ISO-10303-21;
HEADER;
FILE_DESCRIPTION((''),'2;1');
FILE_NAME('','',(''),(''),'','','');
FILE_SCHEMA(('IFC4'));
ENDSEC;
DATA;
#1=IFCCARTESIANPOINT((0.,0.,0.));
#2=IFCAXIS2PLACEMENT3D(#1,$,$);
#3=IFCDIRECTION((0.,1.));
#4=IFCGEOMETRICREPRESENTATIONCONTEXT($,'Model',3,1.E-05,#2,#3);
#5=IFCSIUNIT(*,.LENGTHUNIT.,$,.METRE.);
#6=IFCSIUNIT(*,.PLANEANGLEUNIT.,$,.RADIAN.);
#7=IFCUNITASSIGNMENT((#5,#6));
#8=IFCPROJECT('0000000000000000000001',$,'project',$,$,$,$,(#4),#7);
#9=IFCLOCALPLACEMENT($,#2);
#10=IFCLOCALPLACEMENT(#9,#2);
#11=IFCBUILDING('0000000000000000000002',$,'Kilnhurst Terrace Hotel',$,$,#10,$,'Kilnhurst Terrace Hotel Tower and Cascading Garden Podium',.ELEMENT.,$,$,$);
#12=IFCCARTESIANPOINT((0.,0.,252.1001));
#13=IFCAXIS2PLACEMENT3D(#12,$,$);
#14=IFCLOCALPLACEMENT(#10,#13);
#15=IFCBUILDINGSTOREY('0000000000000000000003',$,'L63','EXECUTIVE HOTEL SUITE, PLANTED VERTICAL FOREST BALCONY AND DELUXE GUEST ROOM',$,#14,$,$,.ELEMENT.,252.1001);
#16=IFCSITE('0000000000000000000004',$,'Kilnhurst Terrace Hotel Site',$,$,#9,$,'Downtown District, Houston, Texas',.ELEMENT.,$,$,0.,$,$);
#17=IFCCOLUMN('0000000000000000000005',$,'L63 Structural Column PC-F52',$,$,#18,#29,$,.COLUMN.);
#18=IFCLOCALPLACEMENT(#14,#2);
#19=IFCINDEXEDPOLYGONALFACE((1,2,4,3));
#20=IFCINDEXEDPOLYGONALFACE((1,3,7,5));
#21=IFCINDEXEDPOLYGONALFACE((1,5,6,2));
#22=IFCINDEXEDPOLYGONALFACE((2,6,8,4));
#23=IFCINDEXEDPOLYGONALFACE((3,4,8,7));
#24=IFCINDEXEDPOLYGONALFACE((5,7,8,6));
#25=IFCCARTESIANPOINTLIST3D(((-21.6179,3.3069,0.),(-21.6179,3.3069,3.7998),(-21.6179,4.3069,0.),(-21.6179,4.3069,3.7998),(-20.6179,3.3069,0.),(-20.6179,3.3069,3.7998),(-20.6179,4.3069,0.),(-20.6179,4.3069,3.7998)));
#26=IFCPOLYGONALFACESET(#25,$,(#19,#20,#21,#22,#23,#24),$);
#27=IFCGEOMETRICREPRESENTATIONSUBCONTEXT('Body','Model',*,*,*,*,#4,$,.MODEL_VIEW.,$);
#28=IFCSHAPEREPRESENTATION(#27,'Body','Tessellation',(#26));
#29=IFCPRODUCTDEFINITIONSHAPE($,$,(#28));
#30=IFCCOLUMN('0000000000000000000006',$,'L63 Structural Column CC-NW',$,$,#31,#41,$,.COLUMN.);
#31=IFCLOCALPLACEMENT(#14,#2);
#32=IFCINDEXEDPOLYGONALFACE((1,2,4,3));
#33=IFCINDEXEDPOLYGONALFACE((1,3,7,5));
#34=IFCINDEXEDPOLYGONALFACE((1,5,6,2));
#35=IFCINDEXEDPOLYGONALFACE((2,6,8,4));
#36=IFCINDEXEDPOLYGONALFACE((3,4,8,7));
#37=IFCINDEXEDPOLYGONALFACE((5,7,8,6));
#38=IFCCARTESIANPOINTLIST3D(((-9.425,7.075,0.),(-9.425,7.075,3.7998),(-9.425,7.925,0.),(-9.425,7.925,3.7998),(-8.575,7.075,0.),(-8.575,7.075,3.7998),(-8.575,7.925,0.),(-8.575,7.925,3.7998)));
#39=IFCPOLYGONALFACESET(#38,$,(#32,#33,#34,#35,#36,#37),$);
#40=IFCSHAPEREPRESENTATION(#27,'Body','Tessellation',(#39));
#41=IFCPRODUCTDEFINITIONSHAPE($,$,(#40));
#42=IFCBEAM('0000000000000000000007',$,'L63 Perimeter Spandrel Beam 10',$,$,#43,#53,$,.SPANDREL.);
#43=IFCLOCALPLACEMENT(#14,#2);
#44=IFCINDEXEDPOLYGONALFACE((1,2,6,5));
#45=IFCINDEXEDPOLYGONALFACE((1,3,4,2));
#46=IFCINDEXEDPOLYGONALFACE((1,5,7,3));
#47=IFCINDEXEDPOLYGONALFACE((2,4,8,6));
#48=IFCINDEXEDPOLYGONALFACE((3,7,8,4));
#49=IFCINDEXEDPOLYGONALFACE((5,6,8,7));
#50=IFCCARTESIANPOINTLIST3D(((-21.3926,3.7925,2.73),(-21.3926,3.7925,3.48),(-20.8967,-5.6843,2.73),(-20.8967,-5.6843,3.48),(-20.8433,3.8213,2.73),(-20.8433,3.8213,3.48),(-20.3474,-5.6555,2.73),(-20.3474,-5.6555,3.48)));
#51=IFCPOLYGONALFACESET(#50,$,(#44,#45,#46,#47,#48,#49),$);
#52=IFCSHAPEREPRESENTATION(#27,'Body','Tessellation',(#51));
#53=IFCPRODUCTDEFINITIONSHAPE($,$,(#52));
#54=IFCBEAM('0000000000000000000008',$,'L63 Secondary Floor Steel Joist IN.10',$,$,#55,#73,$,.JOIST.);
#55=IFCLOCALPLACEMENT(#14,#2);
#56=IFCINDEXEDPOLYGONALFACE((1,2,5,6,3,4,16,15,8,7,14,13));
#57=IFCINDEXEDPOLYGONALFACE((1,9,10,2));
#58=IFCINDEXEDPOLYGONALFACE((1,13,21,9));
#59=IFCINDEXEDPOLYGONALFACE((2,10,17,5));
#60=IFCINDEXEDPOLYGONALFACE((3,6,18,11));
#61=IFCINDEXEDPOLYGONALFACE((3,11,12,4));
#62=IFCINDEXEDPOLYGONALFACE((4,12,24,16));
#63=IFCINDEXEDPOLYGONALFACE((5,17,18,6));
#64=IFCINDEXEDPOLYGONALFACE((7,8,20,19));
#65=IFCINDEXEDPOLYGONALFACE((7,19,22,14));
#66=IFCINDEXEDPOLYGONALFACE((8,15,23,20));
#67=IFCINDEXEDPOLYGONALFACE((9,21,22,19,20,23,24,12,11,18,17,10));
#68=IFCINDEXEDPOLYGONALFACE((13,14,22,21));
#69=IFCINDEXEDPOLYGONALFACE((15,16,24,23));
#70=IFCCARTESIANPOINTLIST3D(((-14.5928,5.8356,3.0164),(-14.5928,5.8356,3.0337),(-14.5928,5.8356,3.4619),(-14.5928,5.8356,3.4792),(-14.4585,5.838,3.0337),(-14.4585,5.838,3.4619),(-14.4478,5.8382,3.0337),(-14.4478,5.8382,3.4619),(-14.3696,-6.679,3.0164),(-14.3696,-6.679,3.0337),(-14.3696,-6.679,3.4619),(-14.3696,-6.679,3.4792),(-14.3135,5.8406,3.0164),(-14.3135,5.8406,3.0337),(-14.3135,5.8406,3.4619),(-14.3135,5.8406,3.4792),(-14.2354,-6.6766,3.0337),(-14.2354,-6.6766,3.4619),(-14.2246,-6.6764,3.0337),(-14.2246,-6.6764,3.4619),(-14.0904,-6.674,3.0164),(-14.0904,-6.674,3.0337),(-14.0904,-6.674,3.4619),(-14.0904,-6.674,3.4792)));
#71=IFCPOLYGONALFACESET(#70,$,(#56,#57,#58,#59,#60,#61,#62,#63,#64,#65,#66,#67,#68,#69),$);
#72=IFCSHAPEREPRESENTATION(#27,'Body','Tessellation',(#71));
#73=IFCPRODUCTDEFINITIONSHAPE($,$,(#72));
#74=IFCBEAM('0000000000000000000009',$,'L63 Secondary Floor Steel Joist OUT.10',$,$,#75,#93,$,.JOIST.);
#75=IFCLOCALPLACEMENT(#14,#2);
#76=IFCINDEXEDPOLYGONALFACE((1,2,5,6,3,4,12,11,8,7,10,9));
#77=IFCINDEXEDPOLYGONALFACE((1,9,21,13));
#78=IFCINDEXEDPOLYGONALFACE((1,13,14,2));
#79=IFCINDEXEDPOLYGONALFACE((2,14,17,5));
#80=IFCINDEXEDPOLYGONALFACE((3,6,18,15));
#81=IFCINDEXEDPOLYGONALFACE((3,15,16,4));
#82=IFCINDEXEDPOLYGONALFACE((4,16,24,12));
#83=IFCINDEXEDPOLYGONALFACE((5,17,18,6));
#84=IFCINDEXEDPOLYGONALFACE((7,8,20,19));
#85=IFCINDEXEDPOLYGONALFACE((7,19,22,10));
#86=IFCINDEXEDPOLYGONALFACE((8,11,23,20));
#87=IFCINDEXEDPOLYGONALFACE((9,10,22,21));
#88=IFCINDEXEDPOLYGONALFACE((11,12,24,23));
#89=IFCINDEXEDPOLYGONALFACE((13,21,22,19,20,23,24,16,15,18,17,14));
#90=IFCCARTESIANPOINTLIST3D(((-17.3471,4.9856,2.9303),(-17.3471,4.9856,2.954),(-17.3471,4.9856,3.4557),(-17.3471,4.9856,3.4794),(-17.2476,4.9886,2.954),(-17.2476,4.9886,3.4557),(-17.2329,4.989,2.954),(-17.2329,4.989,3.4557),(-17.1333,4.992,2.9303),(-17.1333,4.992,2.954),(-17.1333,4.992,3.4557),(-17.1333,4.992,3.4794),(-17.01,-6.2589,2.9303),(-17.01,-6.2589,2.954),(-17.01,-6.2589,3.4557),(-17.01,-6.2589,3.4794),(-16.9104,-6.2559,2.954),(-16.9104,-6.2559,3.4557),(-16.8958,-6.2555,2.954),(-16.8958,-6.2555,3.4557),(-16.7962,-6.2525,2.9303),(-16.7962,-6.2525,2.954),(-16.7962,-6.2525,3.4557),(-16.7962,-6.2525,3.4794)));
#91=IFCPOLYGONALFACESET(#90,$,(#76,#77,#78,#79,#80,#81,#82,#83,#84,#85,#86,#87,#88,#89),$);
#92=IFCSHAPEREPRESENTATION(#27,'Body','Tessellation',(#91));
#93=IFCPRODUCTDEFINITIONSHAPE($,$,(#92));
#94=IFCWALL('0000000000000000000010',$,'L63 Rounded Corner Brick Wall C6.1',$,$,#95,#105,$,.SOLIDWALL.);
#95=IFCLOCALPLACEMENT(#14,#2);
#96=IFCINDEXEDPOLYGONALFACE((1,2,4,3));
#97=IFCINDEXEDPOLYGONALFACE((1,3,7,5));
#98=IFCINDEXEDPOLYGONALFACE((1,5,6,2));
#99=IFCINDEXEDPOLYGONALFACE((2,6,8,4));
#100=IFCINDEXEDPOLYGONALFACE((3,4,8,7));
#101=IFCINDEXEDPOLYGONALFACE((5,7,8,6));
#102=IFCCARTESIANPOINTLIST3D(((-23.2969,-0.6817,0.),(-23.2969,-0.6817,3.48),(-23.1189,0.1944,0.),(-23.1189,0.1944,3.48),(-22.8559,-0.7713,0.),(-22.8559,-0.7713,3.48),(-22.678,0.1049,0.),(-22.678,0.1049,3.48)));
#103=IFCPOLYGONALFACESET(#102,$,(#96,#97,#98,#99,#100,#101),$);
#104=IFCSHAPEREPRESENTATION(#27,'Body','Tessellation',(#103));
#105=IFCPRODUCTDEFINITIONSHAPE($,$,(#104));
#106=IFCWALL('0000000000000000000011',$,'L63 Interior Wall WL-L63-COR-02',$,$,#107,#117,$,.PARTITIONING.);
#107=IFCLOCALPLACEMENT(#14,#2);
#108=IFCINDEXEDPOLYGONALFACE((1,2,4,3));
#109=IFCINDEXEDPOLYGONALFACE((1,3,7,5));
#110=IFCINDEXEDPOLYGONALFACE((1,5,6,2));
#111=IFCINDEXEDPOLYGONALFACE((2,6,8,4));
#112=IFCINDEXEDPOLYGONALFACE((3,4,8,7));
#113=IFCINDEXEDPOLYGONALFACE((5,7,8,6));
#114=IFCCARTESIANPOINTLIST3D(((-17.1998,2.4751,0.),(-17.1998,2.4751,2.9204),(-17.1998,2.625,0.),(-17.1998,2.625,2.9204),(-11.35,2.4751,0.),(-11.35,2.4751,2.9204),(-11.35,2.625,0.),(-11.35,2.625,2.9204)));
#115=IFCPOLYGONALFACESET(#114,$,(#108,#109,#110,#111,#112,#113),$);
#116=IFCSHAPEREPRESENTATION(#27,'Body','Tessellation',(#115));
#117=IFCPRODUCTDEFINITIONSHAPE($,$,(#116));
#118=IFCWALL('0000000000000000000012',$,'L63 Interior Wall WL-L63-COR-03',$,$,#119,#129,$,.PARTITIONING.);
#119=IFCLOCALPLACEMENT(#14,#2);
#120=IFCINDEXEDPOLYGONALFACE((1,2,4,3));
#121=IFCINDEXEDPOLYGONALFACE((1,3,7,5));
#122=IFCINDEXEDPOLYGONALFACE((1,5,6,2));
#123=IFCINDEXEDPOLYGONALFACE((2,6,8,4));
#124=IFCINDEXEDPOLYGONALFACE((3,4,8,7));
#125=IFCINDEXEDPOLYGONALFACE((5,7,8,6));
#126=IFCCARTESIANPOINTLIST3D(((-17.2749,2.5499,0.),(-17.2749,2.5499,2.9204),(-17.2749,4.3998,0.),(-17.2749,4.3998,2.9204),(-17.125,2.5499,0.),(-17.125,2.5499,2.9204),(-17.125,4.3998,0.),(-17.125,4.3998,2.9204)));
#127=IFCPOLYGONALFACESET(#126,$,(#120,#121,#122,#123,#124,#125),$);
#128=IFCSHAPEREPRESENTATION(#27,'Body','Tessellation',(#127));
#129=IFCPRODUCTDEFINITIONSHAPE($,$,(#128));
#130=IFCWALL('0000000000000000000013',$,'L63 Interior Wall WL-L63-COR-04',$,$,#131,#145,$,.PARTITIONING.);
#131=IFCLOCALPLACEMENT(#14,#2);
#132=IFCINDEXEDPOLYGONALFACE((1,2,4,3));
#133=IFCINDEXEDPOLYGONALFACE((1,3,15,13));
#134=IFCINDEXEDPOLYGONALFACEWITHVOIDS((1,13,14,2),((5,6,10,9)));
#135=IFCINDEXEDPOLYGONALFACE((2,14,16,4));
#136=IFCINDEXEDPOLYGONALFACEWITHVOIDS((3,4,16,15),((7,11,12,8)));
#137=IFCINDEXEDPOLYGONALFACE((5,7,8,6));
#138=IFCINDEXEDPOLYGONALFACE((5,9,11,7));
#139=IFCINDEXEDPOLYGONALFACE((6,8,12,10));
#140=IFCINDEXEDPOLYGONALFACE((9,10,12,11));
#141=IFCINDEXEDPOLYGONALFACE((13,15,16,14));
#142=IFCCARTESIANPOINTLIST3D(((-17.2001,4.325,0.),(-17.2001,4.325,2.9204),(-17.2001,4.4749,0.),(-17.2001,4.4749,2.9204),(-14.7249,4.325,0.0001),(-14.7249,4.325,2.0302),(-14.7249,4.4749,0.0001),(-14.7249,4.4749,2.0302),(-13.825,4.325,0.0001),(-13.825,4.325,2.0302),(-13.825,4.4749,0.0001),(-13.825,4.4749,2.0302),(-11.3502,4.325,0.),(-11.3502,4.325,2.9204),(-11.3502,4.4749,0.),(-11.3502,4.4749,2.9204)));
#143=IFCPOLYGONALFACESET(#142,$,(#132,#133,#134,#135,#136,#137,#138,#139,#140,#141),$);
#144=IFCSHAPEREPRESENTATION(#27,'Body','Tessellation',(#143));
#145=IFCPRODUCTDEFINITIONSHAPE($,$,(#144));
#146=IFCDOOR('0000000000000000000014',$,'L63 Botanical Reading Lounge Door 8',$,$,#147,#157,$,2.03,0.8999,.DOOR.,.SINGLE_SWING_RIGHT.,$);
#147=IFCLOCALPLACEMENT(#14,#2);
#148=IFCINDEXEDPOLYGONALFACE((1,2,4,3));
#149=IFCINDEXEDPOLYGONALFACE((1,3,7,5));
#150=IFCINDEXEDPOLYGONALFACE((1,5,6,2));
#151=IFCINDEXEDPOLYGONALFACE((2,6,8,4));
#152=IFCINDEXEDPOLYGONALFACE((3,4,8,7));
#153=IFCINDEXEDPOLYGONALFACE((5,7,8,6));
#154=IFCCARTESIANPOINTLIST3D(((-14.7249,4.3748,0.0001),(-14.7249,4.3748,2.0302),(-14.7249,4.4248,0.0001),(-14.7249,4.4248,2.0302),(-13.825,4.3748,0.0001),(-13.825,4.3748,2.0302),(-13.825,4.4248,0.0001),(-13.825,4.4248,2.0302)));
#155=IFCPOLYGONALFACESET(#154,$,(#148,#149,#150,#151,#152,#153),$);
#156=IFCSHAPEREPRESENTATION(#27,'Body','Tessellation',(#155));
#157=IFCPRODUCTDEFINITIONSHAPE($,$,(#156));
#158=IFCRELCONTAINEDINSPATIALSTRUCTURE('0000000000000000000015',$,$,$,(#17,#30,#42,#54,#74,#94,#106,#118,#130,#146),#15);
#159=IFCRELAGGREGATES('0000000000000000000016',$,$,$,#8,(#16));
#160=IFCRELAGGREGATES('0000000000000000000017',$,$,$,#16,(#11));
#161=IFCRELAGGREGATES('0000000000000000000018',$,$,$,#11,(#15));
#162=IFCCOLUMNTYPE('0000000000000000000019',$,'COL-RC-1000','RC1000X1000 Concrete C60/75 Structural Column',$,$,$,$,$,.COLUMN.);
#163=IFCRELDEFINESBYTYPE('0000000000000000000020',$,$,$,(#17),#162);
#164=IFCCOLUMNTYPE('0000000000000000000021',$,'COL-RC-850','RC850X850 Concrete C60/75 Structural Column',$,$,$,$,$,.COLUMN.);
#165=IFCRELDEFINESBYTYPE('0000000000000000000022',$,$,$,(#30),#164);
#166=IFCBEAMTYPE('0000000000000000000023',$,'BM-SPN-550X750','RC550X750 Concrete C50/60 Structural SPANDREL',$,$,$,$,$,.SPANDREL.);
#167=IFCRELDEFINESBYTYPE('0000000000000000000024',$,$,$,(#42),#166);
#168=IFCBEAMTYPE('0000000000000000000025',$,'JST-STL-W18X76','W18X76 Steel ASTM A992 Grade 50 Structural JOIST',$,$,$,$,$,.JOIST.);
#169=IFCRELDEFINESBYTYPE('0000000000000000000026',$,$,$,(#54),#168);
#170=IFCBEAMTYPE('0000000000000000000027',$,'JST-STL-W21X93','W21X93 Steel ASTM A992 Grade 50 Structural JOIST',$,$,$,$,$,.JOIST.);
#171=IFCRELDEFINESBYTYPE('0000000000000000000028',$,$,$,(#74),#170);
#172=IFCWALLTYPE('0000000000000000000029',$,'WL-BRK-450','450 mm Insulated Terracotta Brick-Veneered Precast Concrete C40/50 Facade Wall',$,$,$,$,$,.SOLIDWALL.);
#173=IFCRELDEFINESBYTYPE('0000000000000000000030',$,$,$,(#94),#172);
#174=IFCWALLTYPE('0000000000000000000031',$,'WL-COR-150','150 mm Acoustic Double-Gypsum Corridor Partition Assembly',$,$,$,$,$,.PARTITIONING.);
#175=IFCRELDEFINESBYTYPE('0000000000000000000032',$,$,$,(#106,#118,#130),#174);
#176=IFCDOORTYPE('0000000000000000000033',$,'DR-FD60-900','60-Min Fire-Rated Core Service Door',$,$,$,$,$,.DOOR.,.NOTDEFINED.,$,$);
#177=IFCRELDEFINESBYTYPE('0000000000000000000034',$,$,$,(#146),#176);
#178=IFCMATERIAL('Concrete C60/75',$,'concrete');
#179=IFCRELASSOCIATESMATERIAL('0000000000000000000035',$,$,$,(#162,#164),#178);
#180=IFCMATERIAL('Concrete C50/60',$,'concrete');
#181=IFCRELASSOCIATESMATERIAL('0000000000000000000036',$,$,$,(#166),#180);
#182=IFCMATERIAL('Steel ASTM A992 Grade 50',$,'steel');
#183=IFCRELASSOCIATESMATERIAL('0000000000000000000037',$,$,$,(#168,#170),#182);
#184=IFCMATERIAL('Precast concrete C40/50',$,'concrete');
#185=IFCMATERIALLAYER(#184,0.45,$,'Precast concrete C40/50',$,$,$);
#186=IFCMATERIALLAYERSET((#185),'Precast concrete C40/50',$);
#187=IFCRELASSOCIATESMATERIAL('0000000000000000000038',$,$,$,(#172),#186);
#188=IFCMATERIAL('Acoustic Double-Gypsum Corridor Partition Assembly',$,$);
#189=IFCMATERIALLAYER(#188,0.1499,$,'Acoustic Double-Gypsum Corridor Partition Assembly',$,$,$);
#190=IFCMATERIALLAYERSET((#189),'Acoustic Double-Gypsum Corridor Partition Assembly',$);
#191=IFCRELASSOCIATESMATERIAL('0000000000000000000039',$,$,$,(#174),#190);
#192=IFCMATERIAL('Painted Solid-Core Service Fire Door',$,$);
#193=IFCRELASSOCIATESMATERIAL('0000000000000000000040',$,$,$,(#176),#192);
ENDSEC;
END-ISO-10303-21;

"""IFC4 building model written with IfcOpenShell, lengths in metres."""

from ifc_helpers import new_model, si_unit, direction, frame, frame_2d, origin, origin_2d, place, context, subcontext, project, spatial, rectangle, i_section, extrude, material, layer, layer_set, material_profile, profile_set, type_object, element, fill, save


model = new_model("IFC4")

# Units and contexts
model_context = context("Model", 3, precision=1e-05, world=origin(), true_north=direction((0.0, 1.0)))
body_context = subcontext(model_context, "Body", "Model", "MODEL_VIEW")
ifc_project = project(units=[si_unit("LENGTHUNIT", "METRE"), si_unit("PLANEANGLEUNIT", "RADIAN")], contexts=[model_context])

# Site, building, storey
site_placement = place(None, origin())
site = spatial("IfcSite", under=ifc_project, at=site_placement, Name="Kilnhurst Terrace Hotel Site", LongName="Downtown District, Houston, Texas", CompositionType="ELEMENT", RefElevation=0.0)
building_placement = place(site_placement, origin())
building = spatial("IfcBuilding", under=site, at=building_placement, Name="Kilnhurst Terrace Hotel", LongName="Kilnhurst Terrace Hotel Tower and Cascading Garden Podium", CompositionType="ELEMENT")
storey_placement = place(building_placement, frame((0.0, 0.0, 252.1001)))
storey = spatial("IfcBuildingStorey", under=building, at=storey_placement, Name="L63", Description="EXECUTIVE HOTEL SUITE, PLANTED VERTICAL FOREST BALCONY AND DELUXE GUEST ROOM", CompositionType="ELEMENT", Elevation=252.1001)

# Columns
ifc_material_1 = material(Name="Concrete C60/75", Category="concrete")
ifc_material_profile_1 = material_profile(ifc_material_1, rectangle(XDim=1.0, YDim=1.0, at=origin_2d()), Name="RC1000X1000")
ifc_profile_set_1 = profile_set([ifc_material_profile_1], Name="Concrete C60/75")
column_type_1 = type_object("IfcColumnType", Name="COL-RC-1000", Description="RC1000X1000 Concrete C60/75 Structural Column", PredefinedType="COLUMN", material=ifc_profile_set_1)
column_1_placement = place(storey_placement, frame((-21.1179, 3.8069, 0.0), z_axis=(0.0, 0.0, 1.0), x_axis=(1.0, 0.0, 0.0)))
element("IfcColumn", 1, at=column_1_placement, inside=storey, type_object=column_type_1, Name="L63 Structural Column PC-F52", PredefinedType="COLUMN", context=body_context, shape_type="SweptSolid", body=[
    extrude(rectangle(XDim=1.0, YDim=1.0, at=origin_2d()), origin(), (0.0, 0.0, 1.0), 3.7998),
])
ifc_material_profile_2 = material_profile(ifc_material_1, rectangle(XDim=0.8501, YDim=0.8501, at=origin_2d()), Name="RC850X850")
ifc_profile_set_2 = profile_set([ifc_material_profile_2], Name="Concrete C60/75")
column_type_2 = type_object("IfcColumnType", Name="COL-RC-850", Description="RC850X850 Concrete C60/75 Structural Column", PredefinedType="COLUMN", material=ifc_profile_set_2)
column_2_placement = place(storey_placement, frame((-9.0, 7.5, 0.0), z_axis=(0.0, 0.0, 1.0), x_axis=(1.0, 0.0, 0.0)))
element("IfcColumn", 2, at=column_2_placement, inside=storey, type_object=column_type_2, Name="L63 Structural Column CC-NW", PredefinedType="COLUMN", context=body_context, shape_type="SweptSolid", body=[
    extrude(rectangle(XDim=0.8501, YDim=0.8501, at=origin_2d()), origin(), (0.0, 0.0, 1.0), 3.7998),
])

# Beams
ifc_material_2 = material(Name="Concrete C50/60", Category="concrete")
ifc_material_profile_3 = material_profile(ifc_material_2, rectangle(XDim=0.55, YDim=0.75, at=origin_2d()), Name="RC550X750")
ifc_profile_set_3 = profile_set([ifc_material_profile_3], Name="Concrete C50/60")
beam_type_1 = type_object("IfcBeamType", Name="BM-SPN-550X750", Description="RC550X750 Concrete C50/60 Structural SPANDREL", PredefinedType="SPANDREL", material=ifc_profile_set_3)
beam_1_placement = place(storey_placement, frame((-21.1179, 3.8069, 3.105), z_axis=(0.052251, -0.998634, 0.0), x_axis=(0.998634, 0.052251, 0.0)))
element("IfcBeam", 3, at=beam_1_placement, inside=storey, type_object=beam_type_1, Name="L63 Perimeter Spandrel Beam 10", PredefinedType="SPANDREL", context=body_context, shape_type="SweptSolid", body=[
    extrude(rectangle(XDim=0.55, YDim=0.75, at=origin_2d()), origin(), (0.0, 0.0, 1.0), 9.4897),
])
ifc_material_3 = material(Name="Steel ASTM A992 Grade 50", Category="steel")
ifc_material_profile_4 = material_profile(ifc_material_3, i_section(OverallWidth=0.2793, OverallDepth=0.4629, WebThickness=0.0107, FlangeThickness=0.0173, at=origin_2d()), Name="W18X76")
ifc_profile_set_4 = profile_set([ifc_material_profile_4], Name="Steel ASTM A992 Grade 50")
beam_type_2 = type_object("IfcBeamType", Name="JST-STL-W18X76", Description="W18X76 Steel ASTM A992 Grade 50 Structural JOIST", PredefinedType="JOIST", material=ifc_profile_set_4)
beam_2_placement = place(storey_placement, frame((-14.4531, 5.8381, 3.2478), z_axis=(0.017828, -0.999841, 0.0), x_axis=(0.999841, 0.017828, 0.0)))
element("IfcBeam", 4, at=beam_2_placement, inside=storey, type_object=beam_type_2, Name="L63 Secondary Floor Steel Joist IN.10", PredefinedType="JOIST", context=body_context, shape_type="SweptSolid", body=[
    extrude(i_section(OverallWidth=0.2793, OverallDepth=0.4629, WebThickness=0.0107, FlangeThickness=0.0173, at=origin_2d()), origin(), (0.0, 0.0, 1.0), 12.5166),
])
ifc_material_profile_5 = material_profile(ifc_material_3, i_section(OverallWidth=0.2139, OverallDepth=0.5491, WebThickness=0.0146, FlangeThickness=0.0237, at=origin_2d()), Name="W21X93")
ifc_profile_set_5 = profile_set([ifc_material_profile_5], Name="Steel ASTM A992 Grade 50")
beam_type_3 = type_object("IfcBeamType", Name="JST-STL-W21X93", Description="W21X93 Steel ASTM A992 Grade 50 Structural JOIST", PredefinedType="JOIST", material=ifc_profile_set_5)
beam_3_placement = place(storey_placement, frame((-17.2402, 4.9888, 3.2048), z_axis=(0.029971, -0.999551, 0.0), x_axis=(0.999551, 0.029971, 0.0)))
element("IfcBeam", 5, at=beam_3_placement, inside=storey, type_object=beam_type_3, Name="L63 Secondary Floor Steel Joist OUT.10", PredefinedType="JOIST", context=body_context, shape_type="SweptSolid", body=[
    extrude(i_section(OverallWidth=0.2139, OverallDepth=0.5491, WebThickness=0.0146, FlangeThickness=0.0237, at=origin_2d()), origin(), (0.0, 0.0, 1.0), 11.2495),
])

# Walls
ifc_material_4 = material(Name="Precast concrete C40/50", Category="concrete")
ifc_layer_1 = layer(ifc_material_4, 0.45, Name="Precast concrete C40/50")
ifc_layer_set_1 = layer_set([ifc_layer_1], Name="Precast concrete C40/50")
wall_type_1 = type_object("IfcWallType", Name="WL-BRK-450", Description="450 mm Insulated Terracotta Brick-Veneered Precast Concrete C40/50 Facade Wall", PredefinedType="SOLIDWALL", material=ifc_layer_set_1)
wall_1_placement = place(storey_placement, frame((-22.8984, 0.1497, 0.0), z_axis=(0.0, 0.0, 1.0), x_axis=(-0.199056, -0.979988, 0.0)))
element("IfcWall", 6, at=wall_1_placement, inside=storey, type_object=wall_type_1, Name="L63 Rounded Corner Brick Wall C6.1", PredefinedType="SOLIDWALL", context=body_context, shape_type="SweptSolid", body=[
    extrude(rectangle(XDim=0.894, YDim=0.45, at=frame_2d((0.447, 0.0))), origin(), (0.0, 0.0, 1.0), 3.48),
])
ifc_material_5 = material(Name="Acoustic Double-Gypsum Corridor Partition Assembly")
ifc_layer_2 = layer(ifc_material_5, 0.1499, Name="Acoustic Double-Gypsum Corridor Partition Assembly")
ifc_layer_set_2 = layer_set([ifc_layer_2], Name="Acoustic Double-Gypsum Corridor Partition Assembly")
wall_type_2 = type_object("IfcWallType", Name="WL-COR-150", Description="150 mm Acoustic Double-Gypsum Corridor Partition Assembly", PredefinedType="PARTITIONING", material=ifc_layer_set_2)
wall_2_placement = place(storey_placement, frame((-11.3501, 2.55, 0.0), z_axis=(0.0, 0.0, 1.0), x_axis=(-1.0, 0.0, 0.0)))
element("IfcWall", 7, at=wall_2_placement, inside=storey, type_object=wall_type_2, Name="L63 Interior Wall WL-L63-COR-02", PredefinedType="PARTITIONING", context=body_context, shape_type="SweptSolid", body=[
    extrude(rectangle(XDim=5.8499, YDim=0.1499, at=frame_2d((2.9248, 0.0))), origin(), (0.0, 0.0, 1.0), 2.9204),
])
wall_3_placement = place(storey_placement, frame((-17.2, 2.55, 0.0), z_axis=(0.0, 0.0, 1.0), x_axis=(0.0, 1.0, 0.0)))
element("IfcWall", 8, at=wall_3_placement, inside=storey, type_object=wall_type_2, Name="L63 Interior Wall WL-L63-COR-03", PredefinedType="PARTITIONING", context=body_context, shape_type="SweptSolid", body=[
    extrude(rectangle(XDim=1.8499, YDim=0.1499, at=frame_2d((0.9248, 0.0))), origin(), (0.0, 0.0, 1.0), 2.9204),
])

# Wall, opening, door
wall_4_placement = place(storey_placement, frame((-17.2, 4.3999, 0.0), z_axis=(0.0, 0.0, 1.0), x_axis=(1.0, 0.0, 0.0)))
wall_4 = element("IfcWall", 9, at=wall_4_placement, inside=storey, type_object=wall_type_2, Name="L63 Interior Wall WL-L63-COR-04", PredefinedType="PARTITIONING", context=body_context, shape_type="SweptSolid", body=[
    extrude(rectangle(XDim=5.8499, YDim=0.1499, at=frame_2d((2.9248, 0.0))), origin(), (0.0, 0.0, 1.0), 2.9204),
])
opening_1_placement = place(wall_4_placement, frame((2.4751, 0.0, 0.0)))
opening_1 = element("IfcOpeningElement", 10, at=opening_1_placement, cuts=wall_4, PredefinedType="OPENING", context=body_context, shape_type="SweptSolid", body=[
    extrude(rectangle(XDim=0.8999, YDim=2.03, at=frame_2d((0.45, 1.0151))), frame((0.0, 0.085, 0.0), z_axis=(0.0, -1.0, 0.0), x_axis=(1.0, 0.0, 0.0)), (0.0, 0.0, 1.0), 0.1699),
])
ifc_material_6 = material(Name="Painted Solid-Core Service Fire Door")
door_type_1 = type_object("IfcDoorType", Name="DR-FD60-900", Description="60-Min Fire-Rated Core Service Door", OperationType="NOTDEFINED", PredefinedType="DOOR", material=ifc_material_6)
door_1_placement = place(opening_1_placement, origin())
door_1 = element("IfcDoor", 11, at=door_1_placement, inside=storey, type_object=door_type_1, Name="L63 Botanical Reading Lounge Door 8", OperationType="SINGLE_SWING_RIGHT", OverallHeight=2.03, OverallWidth=0.8999, PredefinedType="DOOR", context=body_context, shape_type="SweptSolid", body=[
    extrude(rectangle(XDim=0.8999, YDim=2.03, at=frame_2d((0.45, 1.0151))), frame((0.0, 0.0249, 0.0), z_axis=(0.0, -1.0, 0.0), x_axis=(1.0, 0.0, 0.0)), (0.0, 0.0, 1.0), 0.05),
])
fill(opening_1, door_1)

save(model, "model.ifc")
